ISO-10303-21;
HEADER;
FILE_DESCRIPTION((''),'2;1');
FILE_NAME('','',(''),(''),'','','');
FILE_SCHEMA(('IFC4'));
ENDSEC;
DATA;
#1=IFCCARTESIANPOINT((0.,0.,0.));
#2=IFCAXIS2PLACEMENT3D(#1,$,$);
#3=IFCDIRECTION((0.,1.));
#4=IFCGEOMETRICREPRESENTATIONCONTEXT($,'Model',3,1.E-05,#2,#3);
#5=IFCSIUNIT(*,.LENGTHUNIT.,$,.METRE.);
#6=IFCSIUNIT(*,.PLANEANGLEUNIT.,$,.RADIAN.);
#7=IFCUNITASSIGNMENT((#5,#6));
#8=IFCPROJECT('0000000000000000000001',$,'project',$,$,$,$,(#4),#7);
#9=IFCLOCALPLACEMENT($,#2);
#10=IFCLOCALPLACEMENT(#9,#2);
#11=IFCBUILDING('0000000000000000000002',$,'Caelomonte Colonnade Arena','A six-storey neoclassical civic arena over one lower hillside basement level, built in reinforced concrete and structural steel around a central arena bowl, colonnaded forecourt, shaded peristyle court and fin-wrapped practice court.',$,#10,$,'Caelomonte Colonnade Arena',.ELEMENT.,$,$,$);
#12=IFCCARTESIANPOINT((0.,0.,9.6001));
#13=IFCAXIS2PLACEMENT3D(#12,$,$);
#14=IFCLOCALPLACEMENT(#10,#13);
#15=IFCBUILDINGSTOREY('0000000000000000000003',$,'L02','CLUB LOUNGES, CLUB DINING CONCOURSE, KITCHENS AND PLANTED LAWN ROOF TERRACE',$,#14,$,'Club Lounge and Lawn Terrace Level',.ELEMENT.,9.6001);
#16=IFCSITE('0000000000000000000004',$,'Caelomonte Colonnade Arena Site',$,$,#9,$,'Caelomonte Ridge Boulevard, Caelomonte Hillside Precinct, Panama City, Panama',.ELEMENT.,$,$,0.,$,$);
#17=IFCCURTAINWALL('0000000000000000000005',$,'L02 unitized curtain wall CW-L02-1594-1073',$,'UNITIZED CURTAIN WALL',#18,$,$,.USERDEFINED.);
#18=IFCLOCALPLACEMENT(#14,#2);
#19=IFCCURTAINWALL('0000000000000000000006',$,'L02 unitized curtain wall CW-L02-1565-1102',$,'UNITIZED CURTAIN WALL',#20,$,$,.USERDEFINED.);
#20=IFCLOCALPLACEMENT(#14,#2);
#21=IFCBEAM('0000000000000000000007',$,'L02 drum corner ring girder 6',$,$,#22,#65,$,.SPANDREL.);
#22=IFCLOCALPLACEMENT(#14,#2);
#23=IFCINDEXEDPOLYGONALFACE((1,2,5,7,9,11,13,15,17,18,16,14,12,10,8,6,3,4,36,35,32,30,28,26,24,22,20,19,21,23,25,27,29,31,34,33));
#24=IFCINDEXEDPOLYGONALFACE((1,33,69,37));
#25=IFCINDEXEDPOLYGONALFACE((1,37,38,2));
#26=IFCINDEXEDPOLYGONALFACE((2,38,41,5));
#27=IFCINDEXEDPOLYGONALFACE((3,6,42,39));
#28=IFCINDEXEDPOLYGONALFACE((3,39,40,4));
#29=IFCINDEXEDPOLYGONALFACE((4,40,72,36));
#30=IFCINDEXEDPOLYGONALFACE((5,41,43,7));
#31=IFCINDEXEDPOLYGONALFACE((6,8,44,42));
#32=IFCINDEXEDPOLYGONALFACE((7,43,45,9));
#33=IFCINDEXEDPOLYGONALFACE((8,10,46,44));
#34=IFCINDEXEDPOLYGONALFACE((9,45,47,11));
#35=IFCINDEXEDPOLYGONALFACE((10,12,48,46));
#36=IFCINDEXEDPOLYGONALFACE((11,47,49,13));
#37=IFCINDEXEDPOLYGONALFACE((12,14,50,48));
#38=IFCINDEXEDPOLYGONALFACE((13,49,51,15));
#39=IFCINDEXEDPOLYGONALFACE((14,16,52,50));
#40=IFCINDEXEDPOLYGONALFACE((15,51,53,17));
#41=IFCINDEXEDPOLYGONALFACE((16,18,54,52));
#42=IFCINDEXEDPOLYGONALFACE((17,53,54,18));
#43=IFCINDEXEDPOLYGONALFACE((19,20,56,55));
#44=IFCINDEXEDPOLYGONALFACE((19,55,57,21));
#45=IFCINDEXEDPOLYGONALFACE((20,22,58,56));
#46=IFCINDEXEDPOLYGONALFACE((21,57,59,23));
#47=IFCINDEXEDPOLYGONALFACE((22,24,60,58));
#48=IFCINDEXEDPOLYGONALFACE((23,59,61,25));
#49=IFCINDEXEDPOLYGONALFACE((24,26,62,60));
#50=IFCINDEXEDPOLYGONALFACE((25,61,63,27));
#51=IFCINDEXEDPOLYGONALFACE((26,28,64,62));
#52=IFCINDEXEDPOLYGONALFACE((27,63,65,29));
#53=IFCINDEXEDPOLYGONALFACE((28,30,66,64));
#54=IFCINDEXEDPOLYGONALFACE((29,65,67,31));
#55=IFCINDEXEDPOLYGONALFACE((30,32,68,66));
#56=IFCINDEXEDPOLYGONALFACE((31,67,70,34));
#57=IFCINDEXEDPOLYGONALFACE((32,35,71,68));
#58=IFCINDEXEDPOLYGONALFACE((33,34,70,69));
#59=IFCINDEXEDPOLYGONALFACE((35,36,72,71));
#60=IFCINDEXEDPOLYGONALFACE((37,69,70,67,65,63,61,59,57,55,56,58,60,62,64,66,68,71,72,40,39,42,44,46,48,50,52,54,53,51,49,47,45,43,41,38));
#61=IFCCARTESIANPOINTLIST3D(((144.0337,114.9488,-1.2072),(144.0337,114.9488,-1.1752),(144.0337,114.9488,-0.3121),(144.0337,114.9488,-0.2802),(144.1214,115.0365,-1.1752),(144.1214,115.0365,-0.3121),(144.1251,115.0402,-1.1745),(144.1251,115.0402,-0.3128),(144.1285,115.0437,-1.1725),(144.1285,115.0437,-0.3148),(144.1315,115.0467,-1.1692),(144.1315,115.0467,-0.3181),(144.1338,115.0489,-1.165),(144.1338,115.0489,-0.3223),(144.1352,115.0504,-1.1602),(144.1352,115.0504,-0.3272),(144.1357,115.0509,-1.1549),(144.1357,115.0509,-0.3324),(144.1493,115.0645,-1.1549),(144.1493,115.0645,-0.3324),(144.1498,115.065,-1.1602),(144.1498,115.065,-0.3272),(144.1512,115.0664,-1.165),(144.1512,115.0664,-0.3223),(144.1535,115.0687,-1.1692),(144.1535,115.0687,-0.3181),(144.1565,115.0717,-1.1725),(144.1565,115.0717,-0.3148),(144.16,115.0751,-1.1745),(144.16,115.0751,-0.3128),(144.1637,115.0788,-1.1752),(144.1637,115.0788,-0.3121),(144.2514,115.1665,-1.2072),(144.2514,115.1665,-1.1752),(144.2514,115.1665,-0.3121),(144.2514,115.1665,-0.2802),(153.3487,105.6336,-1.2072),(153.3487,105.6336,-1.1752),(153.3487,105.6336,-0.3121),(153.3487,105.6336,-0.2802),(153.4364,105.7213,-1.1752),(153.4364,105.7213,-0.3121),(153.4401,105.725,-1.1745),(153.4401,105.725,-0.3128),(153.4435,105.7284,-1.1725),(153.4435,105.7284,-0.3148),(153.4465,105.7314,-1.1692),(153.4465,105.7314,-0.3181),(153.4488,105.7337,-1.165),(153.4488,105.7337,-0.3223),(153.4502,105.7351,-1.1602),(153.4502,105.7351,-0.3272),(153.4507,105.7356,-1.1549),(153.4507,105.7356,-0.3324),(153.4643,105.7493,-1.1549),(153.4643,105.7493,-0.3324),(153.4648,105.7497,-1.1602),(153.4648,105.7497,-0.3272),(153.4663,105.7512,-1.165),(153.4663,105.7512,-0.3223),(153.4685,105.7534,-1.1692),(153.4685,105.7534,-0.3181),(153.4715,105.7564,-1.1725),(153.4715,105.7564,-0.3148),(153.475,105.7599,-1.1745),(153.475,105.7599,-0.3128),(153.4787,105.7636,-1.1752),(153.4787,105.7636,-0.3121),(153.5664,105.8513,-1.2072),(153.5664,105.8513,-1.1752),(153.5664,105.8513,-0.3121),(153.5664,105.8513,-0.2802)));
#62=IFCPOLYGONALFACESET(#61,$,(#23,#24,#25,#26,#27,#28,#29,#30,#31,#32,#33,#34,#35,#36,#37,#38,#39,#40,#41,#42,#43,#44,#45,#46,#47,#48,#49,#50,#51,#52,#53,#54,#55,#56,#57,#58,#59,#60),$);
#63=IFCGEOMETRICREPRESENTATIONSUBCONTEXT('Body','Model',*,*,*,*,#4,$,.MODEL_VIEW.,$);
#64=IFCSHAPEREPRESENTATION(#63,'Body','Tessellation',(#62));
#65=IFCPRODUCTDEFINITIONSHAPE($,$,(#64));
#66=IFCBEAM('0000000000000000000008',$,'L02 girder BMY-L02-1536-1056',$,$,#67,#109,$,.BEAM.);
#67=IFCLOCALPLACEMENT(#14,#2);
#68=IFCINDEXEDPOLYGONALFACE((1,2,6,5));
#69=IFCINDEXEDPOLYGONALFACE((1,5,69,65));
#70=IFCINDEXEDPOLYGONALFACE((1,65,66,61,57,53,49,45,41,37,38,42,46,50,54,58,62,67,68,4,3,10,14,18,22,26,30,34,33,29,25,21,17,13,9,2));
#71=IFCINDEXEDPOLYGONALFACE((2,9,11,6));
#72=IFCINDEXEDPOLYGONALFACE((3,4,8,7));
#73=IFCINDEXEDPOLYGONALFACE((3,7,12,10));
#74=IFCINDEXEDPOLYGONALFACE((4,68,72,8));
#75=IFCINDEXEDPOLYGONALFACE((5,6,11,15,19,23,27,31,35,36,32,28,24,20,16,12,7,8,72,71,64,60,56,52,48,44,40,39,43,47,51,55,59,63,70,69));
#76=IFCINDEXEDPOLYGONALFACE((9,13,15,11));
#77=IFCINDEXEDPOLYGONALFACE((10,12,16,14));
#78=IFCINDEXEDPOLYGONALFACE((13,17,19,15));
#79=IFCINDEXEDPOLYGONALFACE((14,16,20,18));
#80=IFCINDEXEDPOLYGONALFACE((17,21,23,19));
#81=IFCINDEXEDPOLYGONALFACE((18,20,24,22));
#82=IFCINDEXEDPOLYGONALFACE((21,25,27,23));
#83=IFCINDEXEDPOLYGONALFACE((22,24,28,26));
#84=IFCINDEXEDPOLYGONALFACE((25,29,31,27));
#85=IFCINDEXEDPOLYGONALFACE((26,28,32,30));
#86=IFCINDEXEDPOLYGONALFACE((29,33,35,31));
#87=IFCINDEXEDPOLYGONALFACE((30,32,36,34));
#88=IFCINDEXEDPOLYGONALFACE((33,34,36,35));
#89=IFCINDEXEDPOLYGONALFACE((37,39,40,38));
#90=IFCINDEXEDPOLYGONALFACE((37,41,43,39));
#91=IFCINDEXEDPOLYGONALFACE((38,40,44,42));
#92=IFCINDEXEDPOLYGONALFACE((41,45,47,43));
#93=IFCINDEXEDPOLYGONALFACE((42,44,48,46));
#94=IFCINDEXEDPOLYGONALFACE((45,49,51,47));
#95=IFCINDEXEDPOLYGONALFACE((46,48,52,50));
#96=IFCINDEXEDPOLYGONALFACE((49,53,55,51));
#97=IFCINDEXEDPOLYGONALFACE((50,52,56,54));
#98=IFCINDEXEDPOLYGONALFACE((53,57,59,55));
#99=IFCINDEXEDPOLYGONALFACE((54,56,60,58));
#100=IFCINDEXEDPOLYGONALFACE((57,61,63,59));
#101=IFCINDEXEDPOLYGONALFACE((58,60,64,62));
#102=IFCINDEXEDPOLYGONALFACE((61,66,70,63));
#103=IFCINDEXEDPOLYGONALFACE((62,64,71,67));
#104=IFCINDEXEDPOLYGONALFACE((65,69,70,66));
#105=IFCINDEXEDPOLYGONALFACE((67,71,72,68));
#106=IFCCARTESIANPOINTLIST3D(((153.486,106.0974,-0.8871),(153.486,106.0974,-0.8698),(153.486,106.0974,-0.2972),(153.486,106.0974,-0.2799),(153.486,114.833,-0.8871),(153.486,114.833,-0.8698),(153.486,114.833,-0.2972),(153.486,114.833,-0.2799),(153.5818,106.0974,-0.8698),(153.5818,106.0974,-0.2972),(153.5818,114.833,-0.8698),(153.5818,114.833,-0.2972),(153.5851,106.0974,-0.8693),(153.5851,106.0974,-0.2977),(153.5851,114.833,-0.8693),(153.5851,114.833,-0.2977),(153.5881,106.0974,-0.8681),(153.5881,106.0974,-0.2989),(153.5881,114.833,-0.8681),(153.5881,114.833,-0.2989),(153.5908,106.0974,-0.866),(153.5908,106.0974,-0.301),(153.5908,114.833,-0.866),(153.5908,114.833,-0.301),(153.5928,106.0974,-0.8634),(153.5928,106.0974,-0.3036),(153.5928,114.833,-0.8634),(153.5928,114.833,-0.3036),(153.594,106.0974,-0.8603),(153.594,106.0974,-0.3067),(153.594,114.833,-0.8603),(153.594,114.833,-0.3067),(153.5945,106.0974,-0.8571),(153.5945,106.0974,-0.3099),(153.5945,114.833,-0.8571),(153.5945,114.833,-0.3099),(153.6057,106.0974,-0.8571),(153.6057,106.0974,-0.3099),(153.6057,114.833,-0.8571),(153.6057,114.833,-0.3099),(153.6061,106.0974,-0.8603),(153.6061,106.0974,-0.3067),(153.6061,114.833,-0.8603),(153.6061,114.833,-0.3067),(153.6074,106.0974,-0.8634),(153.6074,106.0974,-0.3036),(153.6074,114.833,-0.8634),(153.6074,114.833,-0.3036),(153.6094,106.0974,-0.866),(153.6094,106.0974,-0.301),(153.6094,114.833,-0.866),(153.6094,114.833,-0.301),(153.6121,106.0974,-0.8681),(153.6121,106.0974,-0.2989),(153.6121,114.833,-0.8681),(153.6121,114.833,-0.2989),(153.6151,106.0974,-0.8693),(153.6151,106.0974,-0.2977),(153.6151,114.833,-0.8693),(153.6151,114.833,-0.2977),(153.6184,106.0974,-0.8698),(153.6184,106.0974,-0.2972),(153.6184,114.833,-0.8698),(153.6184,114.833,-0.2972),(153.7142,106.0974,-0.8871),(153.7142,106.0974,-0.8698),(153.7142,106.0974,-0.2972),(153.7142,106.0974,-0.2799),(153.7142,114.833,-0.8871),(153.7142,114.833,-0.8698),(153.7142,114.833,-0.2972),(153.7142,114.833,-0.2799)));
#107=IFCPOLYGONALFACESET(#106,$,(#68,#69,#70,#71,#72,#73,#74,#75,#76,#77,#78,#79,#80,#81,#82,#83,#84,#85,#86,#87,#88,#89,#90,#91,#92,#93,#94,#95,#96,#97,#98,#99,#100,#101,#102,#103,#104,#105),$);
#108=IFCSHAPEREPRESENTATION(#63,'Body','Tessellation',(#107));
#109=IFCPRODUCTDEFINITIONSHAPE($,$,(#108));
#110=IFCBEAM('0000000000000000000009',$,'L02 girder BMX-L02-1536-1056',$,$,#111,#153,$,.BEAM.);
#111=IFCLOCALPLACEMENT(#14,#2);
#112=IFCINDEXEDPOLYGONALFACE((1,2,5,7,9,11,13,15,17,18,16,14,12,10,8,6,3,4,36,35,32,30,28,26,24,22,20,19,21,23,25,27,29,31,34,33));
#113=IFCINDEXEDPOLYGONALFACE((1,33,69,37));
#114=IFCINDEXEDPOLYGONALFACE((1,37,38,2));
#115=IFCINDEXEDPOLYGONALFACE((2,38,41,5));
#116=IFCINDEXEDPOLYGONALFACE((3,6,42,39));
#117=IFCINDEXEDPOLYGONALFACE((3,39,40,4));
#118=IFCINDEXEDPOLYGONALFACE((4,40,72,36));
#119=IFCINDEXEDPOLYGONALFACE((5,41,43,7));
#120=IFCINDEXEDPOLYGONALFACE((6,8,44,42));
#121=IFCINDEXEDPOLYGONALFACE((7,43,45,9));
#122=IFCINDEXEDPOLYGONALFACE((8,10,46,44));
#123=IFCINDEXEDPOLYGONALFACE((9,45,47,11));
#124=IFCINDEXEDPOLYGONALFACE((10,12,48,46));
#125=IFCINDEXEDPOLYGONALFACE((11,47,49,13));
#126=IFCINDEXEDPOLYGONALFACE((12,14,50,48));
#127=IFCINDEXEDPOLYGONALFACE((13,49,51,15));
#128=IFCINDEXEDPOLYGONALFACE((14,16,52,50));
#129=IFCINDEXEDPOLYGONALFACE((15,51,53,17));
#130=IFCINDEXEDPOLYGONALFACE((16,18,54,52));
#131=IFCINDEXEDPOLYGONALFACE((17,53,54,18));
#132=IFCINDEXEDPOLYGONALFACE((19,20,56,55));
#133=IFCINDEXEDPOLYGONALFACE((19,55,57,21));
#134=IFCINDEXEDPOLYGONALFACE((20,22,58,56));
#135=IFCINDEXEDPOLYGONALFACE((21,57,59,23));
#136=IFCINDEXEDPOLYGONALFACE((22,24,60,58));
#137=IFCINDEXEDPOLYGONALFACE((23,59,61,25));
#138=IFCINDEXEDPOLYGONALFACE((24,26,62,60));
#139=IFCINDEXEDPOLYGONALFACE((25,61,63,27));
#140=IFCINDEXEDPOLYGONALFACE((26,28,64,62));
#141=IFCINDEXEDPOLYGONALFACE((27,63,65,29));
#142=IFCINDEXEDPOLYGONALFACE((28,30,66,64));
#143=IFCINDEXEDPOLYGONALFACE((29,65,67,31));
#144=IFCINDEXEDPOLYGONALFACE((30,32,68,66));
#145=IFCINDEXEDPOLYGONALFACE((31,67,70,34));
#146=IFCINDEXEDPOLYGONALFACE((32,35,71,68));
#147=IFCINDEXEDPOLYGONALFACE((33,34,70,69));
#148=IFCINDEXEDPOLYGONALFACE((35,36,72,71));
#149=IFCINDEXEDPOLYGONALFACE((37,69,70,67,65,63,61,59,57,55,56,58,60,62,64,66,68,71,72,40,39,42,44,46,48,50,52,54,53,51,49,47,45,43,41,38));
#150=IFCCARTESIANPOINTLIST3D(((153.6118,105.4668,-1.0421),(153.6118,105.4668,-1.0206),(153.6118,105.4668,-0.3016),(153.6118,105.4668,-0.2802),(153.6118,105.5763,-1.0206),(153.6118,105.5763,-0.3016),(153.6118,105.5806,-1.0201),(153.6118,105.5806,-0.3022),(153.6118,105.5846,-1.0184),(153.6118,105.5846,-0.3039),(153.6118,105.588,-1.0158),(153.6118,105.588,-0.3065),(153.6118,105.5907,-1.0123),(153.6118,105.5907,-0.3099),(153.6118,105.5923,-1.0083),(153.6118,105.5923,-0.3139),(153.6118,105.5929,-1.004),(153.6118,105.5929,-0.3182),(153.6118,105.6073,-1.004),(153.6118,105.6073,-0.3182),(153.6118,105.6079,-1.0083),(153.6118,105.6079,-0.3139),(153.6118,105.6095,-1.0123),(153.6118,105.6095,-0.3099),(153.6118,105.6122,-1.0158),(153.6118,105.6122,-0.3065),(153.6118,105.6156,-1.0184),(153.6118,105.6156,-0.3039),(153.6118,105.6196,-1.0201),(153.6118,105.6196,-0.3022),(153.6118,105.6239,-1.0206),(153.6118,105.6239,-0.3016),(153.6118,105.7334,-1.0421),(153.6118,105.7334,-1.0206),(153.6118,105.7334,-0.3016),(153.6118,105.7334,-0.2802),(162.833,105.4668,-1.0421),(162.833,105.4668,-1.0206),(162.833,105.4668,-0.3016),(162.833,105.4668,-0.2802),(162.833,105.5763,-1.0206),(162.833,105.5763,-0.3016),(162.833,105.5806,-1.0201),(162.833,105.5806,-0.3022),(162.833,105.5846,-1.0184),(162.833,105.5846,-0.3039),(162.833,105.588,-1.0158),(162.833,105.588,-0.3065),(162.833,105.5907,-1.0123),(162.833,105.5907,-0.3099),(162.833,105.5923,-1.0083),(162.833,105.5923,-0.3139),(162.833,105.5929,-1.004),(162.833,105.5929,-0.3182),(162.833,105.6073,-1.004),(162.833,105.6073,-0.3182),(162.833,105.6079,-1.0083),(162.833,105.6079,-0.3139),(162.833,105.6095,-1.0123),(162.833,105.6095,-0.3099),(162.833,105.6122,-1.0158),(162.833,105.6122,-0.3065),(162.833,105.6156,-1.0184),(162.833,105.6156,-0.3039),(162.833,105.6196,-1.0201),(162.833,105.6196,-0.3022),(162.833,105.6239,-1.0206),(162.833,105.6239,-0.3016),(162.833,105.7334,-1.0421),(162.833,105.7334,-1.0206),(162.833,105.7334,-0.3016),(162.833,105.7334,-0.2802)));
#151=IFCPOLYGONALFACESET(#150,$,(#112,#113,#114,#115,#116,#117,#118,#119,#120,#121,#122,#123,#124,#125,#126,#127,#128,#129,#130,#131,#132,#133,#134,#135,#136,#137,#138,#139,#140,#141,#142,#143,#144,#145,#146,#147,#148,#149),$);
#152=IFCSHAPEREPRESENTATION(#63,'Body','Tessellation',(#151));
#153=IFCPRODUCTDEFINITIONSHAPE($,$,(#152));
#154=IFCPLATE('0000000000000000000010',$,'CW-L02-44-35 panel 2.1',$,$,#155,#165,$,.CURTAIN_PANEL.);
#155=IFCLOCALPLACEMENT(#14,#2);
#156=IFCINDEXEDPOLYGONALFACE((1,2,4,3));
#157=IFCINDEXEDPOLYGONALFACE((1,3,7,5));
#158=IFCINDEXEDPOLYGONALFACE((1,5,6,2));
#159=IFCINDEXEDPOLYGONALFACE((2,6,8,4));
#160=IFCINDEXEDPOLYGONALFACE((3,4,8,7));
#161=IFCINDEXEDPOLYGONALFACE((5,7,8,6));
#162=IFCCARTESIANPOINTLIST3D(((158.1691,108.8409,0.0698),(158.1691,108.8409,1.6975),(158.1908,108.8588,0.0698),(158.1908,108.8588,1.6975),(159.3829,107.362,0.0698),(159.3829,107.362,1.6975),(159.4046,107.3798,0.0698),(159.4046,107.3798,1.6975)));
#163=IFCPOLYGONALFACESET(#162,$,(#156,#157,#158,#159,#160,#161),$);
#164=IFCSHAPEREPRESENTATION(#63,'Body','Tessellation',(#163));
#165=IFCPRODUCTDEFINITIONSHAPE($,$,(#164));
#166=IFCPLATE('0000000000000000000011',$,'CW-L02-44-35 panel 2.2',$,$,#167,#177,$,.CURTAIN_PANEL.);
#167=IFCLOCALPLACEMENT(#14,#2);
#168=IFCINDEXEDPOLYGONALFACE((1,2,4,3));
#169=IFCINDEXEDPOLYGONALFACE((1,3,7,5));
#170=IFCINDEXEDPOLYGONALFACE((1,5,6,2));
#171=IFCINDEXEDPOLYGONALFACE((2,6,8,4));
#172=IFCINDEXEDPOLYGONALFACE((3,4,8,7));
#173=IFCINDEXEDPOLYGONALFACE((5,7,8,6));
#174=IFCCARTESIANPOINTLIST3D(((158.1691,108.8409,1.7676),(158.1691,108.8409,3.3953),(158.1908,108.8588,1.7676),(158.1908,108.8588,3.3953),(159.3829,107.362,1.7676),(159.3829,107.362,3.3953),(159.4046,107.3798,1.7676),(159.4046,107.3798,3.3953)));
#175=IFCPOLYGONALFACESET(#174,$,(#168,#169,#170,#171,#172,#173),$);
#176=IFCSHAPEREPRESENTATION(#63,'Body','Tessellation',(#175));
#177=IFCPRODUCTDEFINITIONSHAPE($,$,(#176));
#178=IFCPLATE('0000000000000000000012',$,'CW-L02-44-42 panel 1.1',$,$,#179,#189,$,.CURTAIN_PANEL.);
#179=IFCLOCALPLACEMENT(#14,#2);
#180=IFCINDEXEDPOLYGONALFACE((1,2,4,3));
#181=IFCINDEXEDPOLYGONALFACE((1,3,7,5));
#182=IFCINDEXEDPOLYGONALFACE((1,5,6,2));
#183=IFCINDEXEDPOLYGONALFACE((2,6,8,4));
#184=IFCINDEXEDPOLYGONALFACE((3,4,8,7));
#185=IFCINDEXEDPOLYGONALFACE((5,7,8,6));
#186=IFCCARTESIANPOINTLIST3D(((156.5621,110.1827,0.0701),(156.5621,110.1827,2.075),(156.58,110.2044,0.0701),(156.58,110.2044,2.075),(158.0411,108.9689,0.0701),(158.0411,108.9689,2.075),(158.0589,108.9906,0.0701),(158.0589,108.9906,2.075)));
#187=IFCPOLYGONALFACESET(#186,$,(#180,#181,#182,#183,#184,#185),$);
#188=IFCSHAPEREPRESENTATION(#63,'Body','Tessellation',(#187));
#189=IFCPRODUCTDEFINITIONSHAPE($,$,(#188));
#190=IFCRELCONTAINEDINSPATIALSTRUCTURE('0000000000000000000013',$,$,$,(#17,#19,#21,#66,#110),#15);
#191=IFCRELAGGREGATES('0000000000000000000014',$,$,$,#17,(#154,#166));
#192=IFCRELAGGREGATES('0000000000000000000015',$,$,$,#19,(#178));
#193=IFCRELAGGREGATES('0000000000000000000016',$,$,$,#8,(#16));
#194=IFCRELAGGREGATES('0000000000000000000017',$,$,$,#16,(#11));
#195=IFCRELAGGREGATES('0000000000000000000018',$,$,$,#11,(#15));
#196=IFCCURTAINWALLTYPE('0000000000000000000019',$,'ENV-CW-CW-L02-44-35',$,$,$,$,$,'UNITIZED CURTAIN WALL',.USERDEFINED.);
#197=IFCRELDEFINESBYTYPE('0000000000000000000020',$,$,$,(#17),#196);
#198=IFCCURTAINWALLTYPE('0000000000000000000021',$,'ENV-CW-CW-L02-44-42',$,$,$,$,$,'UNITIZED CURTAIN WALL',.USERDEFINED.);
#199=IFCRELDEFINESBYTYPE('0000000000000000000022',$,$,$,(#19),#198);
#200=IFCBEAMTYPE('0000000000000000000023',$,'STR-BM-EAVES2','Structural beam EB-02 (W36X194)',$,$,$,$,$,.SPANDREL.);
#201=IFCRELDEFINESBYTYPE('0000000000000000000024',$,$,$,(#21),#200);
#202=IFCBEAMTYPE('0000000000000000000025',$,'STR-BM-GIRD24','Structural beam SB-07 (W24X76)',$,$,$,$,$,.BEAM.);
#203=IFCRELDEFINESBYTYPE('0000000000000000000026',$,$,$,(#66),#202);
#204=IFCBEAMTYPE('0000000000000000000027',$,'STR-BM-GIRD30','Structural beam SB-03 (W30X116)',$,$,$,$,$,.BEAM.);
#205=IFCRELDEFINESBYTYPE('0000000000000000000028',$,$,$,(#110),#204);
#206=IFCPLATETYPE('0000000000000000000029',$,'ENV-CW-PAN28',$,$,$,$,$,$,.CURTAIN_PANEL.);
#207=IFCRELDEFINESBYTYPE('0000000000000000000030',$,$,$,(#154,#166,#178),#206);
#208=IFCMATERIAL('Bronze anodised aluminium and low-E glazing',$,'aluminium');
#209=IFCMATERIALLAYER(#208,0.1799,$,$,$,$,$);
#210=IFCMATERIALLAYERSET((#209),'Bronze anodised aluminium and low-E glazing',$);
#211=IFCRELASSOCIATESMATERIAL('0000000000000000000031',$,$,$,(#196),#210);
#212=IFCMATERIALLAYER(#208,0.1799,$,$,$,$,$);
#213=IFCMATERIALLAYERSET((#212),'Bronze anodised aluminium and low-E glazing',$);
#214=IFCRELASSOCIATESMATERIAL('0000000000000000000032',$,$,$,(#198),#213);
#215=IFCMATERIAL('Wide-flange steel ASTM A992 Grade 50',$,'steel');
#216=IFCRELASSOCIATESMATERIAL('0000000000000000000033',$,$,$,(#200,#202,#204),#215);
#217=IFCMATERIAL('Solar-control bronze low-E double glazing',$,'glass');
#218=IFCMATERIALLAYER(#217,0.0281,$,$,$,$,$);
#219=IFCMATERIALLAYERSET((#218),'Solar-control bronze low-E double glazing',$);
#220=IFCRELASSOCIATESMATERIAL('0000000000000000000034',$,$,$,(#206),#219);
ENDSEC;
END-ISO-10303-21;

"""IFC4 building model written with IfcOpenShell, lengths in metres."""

from ifc_helpers import new_model, si_unit, direction, frame, origin, origin_2d, place, context, subcontext, project, spatial, rectangle, i_section, extrude, material, layer, layer_set, material_profile, profile_set, type_object, element, aggregate, save


model = new_model("IFC4")

# Units and contexts
model_context = context("Model", 3, precision=1e-05, world=origin(), true_north=direction((0.0, 1.0)))
body_context = subcontext(model_context, "Body", "Model", "MODEL_VIEW")
ifc_project = project(units=[si_unit("LENGTHUNIT", "METRE"), si_unit("PLANEANGLEUNIT", "RADIAN")], contexts=[model_context])

# Site, building, storey
site_placement = place(None, origin())
site = spatial("IfcSite", under=ifc_project, at=site_placement, Name="Caelomonte Colonnade Arena Site", LongName="Caelomonte Ridge Boulevard, Caelomonte Hillside Precinct, Panama City, Panama", CompositionType="ELEMENT", RefElevation=0.0)
building_placement = place(site_placement, origin())
building = spatial("IfcBuilding", under=site, at=building_placement, Name="Caelomonte Colonnade Arena", Description="A six-storey neoclassical civic arena over one lower hillside basement level, built in reinforced concrete and structural steel around a central arena bowl, colonnaded forecourt, shaded peristyle court and fin-wrapped practice court.", LongName="Caelomonte Colonnade Arena", CompositionType="ELEMENT")
storey_placement = place(building_placement, frame((0.0, 0.0, 9.6001)))
storey = spatial("IfcBuildingStorey", under=building, at=storey_placement, Name="L02", Description="CLUB LOUNGES, CLUB DINING CONCOURSE, KITCHENS AND PLANTED LAWN ROOF TERRACE", LongName="Club Lounge and Lawn Terrace Level", CompositionType="ELEMENT", Elevation=9.6001)

# Shared definitions
ifc_material_1 = material(Name="Wide-flange steel ASTM A992 Grade 50", Category="steel")

# Curtain wall
ifc_material_2 = material(Name="Bronze anodised aluminium and low-E glazing", Category="aluminium")
ifc_layer_1 = layer(ifc_material_2, 0.1799)
ifc_layer_set_1 = layer_set([ifc_layer_1], Name="Bronze anodised aluminium and low-E glazing")
curtain_wall_type_1 = type_object("IfcCurtainWallType", Name="ENV-CW-CW-L02-44-35", ElementType="UNITIZED CURTAIN WALL", PredefinedType="USERDEFINED", material=ifc_layer_set_1)
curtain_wall_1_placement = place(storey_placement, origin())
curtain_wall_1 = element("IfcCurtainWall", 1, at=curtain_wall_1_placement, inside=storey, type_object=curtain_wall_type_1, Name="L02 unitized curtain wall CW-L02-1594-1073", ObjectType="UNITIZED CURTAIN WALL", PredefinedType="USERDEFINED")

# Curtain wall
ifc_layer_2 = layer(ifc_material_2, 0.1799)
ifc_layer_set_2 = layer_set([ifc_layer_2], Name="Bronze anodised aluminium and low-E glazing")
curtain_wall_type_2 = type_object("IfcCurtainWallType", Name="ENV-CW-CW-L02-44-42", ElementType="UNITIZED CURTAIN WALL", PredefinedType="USERDEFINED", material=ifc_layer_set_2)
curtain_wall_2_placement = place(storey_placement, origin())
curtain_wall_2 = element("IfcCurtainWall", 2, at=curtain_wall_2_placement, inside=storey, type_object=curtain_wall_type_2, Name="L02 unitized curtain wall CW-L02-1565-1102", ObjectType="UNITIZED CURTAIN WALL", PredefinedType="USERDEFINED")

# Beams
ifc_material_profile_1 = material_profile(ifc_material_1, i_section(OverallWidth=0.3079, OverallDepth=0.927, WebThickness=0.0193, FlangeThickness=0.032, FilletRadius=0.0203, at=origin_2d()), Name="W36X194")
ifc_profile_set_1 = profile_set([ifc_material_profile_1], Name="Wide-flange steel ASTM A992 Grade 50")
beam_type_1 = type_object("IfcBeamType", Name="STR-BM-EAVES2", Description="Structural beam EB-02 (W36X194)", PredefinedType="SPANDREL", material=ifc_profile_set_1)
beam_1_placement = place(storey_placement, frame((153.4575, 105.7424, -0.7437), z_axis=(-0.707098, 0.707116, 0.0), x_axis=(-0.707116, -0.707098, 0.0)))
element("IfcBeam", 3, at=beam_1_placement, inside=storey, type_object=beam_type_1, Name="L02 drum corner ring girder 6", PredefinedType="SPANDREL", context=body_context, shape_type="SweptSolid", body=[
    extrude(i_section(OverallWidth=0.3079, OverallDepth=0.927, WebThickness=0.0193, FlangeThickness=0.032, FilletRadius=0.0203, at=origin_2d()), origin(), (0.0, 0.0, 1.0), 13.1736),
])
ifc_material_profile_2 = material_profile(ifc_material_1, i_section(OverallWidth=0.2283, OverallDepth=0.6072, WebThickness=0.0112, FlangeThickness=0.0173, FilletRadius=0.0127, at=origin_2d()), Name="W24X76")
ifc_profile_set_2 = profile_set([ifc_material_profile_2], Name="Wide-flange steel ASTM A992 Grade 50")
beam_type_2 = type_object("IfcBeamType", Name="STR-BM-GIRD24", Description="Structural beam SB-07 (W24X76)", PredefinedType="BEAM", material=ifc_profile_set_2)
beam_2_placement = place(storey_placement, frame((153.6001, 106.0974, -0.5835), z_axis=(0.0, 1.0, 0.0), x_axis=(-1.0, 0.0, 0.0)))
element("IfcBeam", 4, at=beam_2_placement, inside=storey, type_object=beam_type_2, Name="L02 girder BMY-L02-1536-1056", PredefinedType="BEAM", context=body_context, shape_type="SweptSolid", body=[
    extrude(i_section(OverallWidth=0.2283, OverallDepth=0.6072, WebThickness=0.0112, FlangeThickness=0.0173, FilletRadius=0.0127, at=origin_2d()), origin(), (0.0, 0.0, 1.0), 8.7356),
])
ifc_material_profile_3 = material_profile(ifc_material_1, i_section(OverallWidth=0.2666, OverallDepth=0.762, WebThickness=0.0144, FlangeThickness=0.0215, FilletRadius=0.0166, at=origin_2d()), Name="W30X116")
ifc_profile_set_3 = profile_set([ifc_material_profile_3], Name="Wide-flange steel ASTM A992 Grade 50")
beam_type_3 = type_object("IfcBeamType", Name="STR-BM-GIRD30", Description="Structural beam SB-03 (W30X116)", PredefinedType="BEAM", material=ifc_profile_set_3)
beam_3_placement = place(storey_placement, frame((153.6118, 105.6001, -0.6611), z_axis=(1.0, 0.0, 0.0), x_axis=(0.0, 1.0, 0.0)))
element("IfcBeam", 5, at=beam_3_placement, inside=storey, type_object=beam_type_3, Name="L02 girder BMX-L02-1536-1056", PredefinedType="BEAM", context=body_context, shape_type="SweptSolid", body=[
    extrude(i_section(OverallWidth=0.2666, OverallDepth=0.762, WebThickness=0.0144, FlangeThickness=0.0215, FilletRadius=0.0166, at=origin_2d()), origin(), (0.0, 0.0, 1.0), 9.2212),
])

# Plates
ifc_material_3 = material(Name="Solar-control bronze low-E double glazing", Category="glass")
ifc_layer_3 = layer(ifc_material_3, 0.0281)
ifc_layer_set_3 = layer_set([ifc_layer_3], Name="Solar-control bronze low-E double glazing")
plate_type = type_object("IfcPlateType", Name="ENV-CW-PAN28", PredefinedType="CURTAIN_PANEL", material=ifc_layer_set_3)
plate_1_placement = place(storey_placement, frame((158.7869, 108.1104, 0.0698), z_axis=(0.0, 0.0, 1.0), x_axis=(-0.634416, 0.772992, 0.0)))
plate_1 = element("IfcPlate", 6, at=plate_1_placement, type_object=plate_type, Name="CW-L02-44-35 panel 2.1", PredefinedType="CURTAIN_PANEL", context=body_context, shape_type="SweptSolid", body=[
    extrude(rectangle(XDim=1.9133, YDim=0.0281, at=origin_2d()), origin(), (0.0, 0.0, 1.0), 1.6277),
])
plate_2_placement = place(storey_placement, frame((158.7869, 108.1104, 1.7676), z_axis=(0.0, 0.0, 1.0), x_axis=(-0.634416, 0.772992, 0.0)))
plate_2 = element("IfcPlate", 7, at=plate_2_placement, type_object=plate_type, Name="CW-L02-44-35 panel 2.2", PredefinedType="CURTAIN_PANEL", context=body_context, shape_type="SweptSolid", body=[
    extrude(rectangle(XDim=1.9133, YDim=0.0281, at=origin_2d()), origin(), (0.0, 0.0, 1.0), 1.6277),
])
aggregate(curtain_wall_1, [plate_1, plate_2])
plate_3_placement = place(storey_placement, frame((157.3105, 109.5867, 0.0701), z_axis=(0.0, 0.0, 1.0), x_axis=(-0.772992, 0.634416, 0.0)))
plate_3 = element("IfcPlate", 8, at=plate_3_placement, type_object=plate_type, Name="CW-L02-44-42 panel 1.1", PredefinedType="CURTAIN_PANEL", context=body_context, shape_type="SweptSolid", body=[
    extrude(rectangle(XDim=1.9133, YDim=0.0281, at=origin_2d()), origin(), (0.0, 0.0, 1.0), 2.0049),
])
aggregate(curtain_wall_2, [plate_3])

save(model, "model.ifc")
